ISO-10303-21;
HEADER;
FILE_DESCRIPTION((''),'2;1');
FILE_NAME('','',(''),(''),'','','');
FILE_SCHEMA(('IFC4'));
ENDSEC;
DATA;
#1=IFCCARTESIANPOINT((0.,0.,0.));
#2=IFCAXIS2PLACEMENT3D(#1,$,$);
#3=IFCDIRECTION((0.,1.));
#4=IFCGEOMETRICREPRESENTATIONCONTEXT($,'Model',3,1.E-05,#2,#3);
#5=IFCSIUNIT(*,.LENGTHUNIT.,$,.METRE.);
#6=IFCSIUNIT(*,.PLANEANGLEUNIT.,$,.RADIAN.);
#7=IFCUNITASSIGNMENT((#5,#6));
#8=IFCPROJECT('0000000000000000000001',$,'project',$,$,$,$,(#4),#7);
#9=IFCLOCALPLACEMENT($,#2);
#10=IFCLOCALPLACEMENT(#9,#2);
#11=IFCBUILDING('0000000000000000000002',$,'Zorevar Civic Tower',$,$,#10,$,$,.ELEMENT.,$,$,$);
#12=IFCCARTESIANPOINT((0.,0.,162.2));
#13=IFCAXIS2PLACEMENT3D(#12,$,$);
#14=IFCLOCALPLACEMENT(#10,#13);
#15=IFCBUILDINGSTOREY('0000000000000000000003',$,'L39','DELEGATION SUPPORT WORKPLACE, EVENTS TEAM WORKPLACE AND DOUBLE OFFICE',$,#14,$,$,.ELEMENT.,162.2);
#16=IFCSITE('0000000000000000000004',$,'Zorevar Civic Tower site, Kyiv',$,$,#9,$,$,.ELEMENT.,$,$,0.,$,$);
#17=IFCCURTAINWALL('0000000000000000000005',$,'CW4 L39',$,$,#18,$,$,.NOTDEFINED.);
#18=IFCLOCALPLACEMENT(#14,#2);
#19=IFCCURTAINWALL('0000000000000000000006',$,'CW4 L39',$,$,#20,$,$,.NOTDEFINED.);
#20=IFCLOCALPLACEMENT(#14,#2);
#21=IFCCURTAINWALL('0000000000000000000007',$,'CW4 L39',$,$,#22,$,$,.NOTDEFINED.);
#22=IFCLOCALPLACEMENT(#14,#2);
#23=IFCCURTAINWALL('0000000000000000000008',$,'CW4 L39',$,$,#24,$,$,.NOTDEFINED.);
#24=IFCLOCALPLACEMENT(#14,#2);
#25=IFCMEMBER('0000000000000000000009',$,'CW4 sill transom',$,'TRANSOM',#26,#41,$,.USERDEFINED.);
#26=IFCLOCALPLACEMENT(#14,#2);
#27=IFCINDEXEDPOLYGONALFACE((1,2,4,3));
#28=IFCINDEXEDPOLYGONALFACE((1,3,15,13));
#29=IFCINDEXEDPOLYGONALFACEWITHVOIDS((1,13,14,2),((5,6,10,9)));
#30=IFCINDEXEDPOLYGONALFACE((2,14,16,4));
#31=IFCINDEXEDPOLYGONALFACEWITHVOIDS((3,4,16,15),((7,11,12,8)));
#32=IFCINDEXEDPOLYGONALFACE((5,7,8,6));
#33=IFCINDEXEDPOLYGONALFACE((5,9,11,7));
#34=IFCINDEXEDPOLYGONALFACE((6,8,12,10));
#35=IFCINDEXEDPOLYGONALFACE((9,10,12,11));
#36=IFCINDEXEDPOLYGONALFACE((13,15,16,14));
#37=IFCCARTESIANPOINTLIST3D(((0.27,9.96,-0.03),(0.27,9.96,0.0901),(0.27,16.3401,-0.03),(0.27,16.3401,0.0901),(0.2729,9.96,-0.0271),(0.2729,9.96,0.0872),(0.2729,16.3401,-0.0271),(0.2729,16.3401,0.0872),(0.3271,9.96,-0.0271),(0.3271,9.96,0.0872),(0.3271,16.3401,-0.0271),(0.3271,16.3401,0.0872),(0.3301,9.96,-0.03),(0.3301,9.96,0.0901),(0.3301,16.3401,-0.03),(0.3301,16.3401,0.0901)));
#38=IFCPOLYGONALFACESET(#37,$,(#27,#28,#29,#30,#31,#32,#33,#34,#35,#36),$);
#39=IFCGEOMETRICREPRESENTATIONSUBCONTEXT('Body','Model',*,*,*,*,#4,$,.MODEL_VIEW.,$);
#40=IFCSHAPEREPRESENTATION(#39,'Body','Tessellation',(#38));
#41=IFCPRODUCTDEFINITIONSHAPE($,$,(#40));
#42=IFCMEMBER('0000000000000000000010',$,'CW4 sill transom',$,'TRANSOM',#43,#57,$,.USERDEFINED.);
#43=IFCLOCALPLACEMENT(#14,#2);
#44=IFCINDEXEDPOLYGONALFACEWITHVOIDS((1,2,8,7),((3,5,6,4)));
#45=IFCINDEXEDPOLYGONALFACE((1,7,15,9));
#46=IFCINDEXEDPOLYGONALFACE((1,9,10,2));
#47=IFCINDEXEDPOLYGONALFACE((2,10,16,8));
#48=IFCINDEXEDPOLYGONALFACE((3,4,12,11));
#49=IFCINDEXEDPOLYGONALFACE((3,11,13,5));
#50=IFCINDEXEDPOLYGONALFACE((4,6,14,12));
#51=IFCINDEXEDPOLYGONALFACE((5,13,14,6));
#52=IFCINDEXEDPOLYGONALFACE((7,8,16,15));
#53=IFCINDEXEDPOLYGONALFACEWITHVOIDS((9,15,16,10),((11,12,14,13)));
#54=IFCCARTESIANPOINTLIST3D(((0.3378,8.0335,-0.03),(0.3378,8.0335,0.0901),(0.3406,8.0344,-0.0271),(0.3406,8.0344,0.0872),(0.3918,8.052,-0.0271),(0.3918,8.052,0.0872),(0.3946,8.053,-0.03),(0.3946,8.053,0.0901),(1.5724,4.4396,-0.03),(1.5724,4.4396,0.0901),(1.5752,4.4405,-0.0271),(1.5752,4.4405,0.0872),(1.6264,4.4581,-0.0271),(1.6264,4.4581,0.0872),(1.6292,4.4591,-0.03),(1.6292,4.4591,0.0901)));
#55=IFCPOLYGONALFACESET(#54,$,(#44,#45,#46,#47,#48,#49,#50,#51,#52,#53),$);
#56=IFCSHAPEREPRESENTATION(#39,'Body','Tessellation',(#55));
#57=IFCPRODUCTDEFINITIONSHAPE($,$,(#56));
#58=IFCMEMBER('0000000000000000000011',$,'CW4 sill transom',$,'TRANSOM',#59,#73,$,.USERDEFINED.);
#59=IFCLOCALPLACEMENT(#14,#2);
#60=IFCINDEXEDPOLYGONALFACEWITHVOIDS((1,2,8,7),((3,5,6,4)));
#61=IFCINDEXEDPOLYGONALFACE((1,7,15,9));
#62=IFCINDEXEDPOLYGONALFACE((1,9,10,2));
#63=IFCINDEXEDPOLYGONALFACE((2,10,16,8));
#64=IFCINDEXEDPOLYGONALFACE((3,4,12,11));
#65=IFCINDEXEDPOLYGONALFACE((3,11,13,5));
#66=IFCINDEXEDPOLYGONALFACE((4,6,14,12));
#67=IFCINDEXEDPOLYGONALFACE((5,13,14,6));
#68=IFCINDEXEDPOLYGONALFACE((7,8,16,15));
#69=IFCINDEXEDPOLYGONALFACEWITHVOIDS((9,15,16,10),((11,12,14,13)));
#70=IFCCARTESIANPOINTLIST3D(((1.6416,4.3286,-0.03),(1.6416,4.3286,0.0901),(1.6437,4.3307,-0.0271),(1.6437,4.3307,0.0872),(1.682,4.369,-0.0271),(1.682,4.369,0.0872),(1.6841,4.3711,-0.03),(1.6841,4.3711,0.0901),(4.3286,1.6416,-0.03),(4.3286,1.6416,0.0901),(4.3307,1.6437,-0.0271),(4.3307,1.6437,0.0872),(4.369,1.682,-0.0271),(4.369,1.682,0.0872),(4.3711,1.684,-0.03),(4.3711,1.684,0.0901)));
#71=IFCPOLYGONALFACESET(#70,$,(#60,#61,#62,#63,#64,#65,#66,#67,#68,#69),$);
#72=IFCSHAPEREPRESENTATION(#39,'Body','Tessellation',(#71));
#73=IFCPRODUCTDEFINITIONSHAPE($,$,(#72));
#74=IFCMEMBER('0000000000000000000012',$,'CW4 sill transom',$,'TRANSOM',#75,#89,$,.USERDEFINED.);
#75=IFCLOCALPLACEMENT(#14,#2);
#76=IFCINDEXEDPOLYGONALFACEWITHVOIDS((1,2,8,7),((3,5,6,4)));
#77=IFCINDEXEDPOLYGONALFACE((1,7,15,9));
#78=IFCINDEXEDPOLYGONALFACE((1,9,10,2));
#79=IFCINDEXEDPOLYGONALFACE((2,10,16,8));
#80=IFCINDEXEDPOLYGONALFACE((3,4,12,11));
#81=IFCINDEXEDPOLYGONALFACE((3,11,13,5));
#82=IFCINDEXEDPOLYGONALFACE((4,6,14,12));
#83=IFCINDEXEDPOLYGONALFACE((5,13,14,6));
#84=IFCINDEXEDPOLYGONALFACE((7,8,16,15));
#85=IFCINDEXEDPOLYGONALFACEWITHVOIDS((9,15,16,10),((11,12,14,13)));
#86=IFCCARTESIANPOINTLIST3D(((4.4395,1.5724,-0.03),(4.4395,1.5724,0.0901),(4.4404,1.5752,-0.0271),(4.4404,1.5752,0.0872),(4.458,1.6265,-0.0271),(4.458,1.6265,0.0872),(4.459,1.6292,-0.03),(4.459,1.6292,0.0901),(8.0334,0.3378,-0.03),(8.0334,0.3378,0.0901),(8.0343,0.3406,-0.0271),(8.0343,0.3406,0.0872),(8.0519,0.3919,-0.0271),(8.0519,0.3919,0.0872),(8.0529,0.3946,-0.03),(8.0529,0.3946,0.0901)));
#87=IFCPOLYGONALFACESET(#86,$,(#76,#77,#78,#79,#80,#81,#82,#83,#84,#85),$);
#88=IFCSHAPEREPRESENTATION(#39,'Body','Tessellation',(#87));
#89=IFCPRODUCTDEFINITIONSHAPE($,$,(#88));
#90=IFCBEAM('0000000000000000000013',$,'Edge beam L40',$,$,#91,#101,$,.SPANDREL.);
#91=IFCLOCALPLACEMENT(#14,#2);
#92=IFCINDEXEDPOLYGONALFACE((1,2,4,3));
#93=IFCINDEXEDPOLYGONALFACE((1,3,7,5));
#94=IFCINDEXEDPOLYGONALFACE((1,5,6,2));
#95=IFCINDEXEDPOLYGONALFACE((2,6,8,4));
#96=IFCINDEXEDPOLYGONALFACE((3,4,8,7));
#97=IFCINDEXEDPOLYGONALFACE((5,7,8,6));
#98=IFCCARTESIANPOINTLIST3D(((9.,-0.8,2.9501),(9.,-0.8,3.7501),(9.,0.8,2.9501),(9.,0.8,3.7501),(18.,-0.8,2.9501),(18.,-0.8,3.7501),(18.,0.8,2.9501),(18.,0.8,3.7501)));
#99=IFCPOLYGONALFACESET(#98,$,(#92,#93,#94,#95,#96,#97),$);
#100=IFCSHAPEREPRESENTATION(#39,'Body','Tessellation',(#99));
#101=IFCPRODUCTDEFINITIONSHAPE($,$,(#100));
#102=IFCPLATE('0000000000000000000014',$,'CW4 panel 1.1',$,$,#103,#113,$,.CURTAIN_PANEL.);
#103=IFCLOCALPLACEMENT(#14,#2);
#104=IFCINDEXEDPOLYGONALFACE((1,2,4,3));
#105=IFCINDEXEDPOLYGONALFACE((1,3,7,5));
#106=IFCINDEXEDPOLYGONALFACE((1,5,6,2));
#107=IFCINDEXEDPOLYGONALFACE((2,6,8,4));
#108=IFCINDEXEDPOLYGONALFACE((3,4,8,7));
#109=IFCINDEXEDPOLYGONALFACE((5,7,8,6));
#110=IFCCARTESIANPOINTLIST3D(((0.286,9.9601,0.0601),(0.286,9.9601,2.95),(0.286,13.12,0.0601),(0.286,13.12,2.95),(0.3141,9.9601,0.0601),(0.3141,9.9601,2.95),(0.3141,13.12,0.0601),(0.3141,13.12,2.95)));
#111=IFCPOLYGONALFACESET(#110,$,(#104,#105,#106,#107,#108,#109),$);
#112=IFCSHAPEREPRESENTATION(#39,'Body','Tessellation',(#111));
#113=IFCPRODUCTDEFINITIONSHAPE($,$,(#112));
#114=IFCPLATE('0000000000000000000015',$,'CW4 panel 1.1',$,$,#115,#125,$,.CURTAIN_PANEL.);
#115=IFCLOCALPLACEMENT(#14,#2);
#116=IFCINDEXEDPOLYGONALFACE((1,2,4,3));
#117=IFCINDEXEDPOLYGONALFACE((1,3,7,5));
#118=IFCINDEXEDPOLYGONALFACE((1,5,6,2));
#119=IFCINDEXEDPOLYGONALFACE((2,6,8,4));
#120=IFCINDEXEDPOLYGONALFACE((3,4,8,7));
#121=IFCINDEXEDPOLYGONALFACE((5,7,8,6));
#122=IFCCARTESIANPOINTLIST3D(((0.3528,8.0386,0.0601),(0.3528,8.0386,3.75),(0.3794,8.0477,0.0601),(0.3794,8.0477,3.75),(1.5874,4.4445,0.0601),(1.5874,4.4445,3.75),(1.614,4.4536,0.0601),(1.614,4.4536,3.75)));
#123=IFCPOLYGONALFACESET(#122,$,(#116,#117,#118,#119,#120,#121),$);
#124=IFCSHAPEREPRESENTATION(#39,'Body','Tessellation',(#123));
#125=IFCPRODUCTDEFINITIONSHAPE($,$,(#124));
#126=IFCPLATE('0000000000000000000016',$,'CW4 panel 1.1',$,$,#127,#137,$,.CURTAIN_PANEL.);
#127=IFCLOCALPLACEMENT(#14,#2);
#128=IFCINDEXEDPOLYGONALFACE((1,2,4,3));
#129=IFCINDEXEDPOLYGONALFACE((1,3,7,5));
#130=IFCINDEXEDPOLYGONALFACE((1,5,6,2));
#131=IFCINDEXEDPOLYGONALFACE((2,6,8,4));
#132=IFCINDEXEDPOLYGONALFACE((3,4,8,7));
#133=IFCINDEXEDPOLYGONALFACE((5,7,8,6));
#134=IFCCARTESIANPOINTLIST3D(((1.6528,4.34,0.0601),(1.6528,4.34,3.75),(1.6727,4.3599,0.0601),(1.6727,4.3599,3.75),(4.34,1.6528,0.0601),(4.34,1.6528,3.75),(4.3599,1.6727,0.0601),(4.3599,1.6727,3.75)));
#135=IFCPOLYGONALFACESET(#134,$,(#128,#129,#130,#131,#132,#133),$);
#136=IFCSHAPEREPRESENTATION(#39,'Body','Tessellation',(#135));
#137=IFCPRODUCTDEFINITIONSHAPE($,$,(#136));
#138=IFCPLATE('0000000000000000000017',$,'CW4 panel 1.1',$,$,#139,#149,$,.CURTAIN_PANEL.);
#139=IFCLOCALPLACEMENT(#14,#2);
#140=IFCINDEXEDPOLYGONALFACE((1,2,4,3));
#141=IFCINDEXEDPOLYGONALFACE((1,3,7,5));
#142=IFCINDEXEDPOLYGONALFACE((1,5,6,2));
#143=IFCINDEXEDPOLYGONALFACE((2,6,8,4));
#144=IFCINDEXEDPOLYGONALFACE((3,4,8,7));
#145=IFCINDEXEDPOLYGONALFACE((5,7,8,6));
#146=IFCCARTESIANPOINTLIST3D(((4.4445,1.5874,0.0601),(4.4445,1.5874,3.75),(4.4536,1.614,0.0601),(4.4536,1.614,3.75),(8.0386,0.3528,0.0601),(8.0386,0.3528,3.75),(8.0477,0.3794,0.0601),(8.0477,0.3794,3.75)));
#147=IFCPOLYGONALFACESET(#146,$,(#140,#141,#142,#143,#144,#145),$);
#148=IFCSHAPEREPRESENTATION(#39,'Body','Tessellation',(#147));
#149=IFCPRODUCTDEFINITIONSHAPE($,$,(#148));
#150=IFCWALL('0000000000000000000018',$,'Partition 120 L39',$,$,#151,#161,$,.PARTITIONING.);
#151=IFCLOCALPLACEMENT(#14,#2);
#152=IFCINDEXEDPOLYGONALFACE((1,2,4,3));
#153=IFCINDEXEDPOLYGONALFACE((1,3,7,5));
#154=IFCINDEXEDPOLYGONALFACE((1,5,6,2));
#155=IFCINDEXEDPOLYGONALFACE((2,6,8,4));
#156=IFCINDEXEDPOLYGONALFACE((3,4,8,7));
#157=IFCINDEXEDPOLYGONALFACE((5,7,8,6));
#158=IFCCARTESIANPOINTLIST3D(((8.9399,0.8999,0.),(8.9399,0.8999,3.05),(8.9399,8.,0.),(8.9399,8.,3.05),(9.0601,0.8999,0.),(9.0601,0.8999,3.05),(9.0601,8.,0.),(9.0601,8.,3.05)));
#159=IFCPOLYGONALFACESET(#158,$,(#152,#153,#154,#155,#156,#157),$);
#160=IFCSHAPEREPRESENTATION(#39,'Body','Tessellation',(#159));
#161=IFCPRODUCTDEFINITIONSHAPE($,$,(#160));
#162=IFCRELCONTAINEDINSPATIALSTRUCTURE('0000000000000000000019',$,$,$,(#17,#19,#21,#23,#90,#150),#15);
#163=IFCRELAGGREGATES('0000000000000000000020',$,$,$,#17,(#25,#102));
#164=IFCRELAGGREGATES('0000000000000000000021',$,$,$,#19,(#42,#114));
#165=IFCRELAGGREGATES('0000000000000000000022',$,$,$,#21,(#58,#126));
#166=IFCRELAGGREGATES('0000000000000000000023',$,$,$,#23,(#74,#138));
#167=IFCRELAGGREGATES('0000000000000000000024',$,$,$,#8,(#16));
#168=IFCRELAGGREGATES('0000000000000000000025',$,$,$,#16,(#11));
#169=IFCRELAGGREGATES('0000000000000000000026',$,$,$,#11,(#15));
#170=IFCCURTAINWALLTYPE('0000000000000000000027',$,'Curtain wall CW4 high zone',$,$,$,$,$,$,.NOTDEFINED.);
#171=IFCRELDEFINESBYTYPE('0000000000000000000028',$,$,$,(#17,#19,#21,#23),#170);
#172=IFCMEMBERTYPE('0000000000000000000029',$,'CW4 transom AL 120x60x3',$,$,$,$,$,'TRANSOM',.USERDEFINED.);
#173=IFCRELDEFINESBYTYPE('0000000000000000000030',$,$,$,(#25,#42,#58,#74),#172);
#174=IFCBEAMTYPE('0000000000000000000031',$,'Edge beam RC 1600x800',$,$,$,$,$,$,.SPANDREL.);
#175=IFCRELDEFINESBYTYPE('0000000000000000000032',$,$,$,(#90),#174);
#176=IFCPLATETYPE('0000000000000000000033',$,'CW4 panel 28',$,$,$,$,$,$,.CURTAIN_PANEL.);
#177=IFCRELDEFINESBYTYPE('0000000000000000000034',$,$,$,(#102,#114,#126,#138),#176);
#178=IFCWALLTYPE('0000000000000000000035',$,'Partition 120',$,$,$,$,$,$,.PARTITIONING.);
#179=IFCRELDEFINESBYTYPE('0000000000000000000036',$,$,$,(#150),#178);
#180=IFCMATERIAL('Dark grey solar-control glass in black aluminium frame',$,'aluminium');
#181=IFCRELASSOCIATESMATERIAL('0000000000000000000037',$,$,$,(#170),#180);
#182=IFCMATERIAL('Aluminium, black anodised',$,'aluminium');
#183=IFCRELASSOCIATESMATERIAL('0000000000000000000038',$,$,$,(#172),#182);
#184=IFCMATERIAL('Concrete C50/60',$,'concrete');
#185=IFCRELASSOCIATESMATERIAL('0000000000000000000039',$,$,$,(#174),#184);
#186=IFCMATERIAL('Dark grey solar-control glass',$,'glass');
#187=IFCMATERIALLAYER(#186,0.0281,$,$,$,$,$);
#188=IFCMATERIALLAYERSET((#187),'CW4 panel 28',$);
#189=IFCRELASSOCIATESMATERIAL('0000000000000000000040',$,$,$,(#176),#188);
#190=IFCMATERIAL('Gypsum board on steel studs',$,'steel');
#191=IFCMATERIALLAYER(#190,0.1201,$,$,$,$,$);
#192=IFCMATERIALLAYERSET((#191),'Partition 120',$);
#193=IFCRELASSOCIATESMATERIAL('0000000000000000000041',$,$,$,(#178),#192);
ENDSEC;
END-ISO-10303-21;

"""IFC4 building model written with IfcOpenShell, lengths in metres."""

from ifc_helpers import new_model, si_unit, direction, frame, frame_2d, origin, origin_2d, place, context, subcontext, project, spatial, rectangle, hollow_rectangle, extrude, material, layer, layer_set, material_profile, profile_set, type_object, element, aggregate, save


model = new_model("IFC4")

# Units and contexts
model_context = context("Model", 3, precision=1e-05, world=origin(), true_north=direction((0.0, 1.0)))
body_context = subcontext(model_context, "Body", "Model", "MODEL_VIEW")
ifc_project = project(units=[si_unit("LENGTHUNIT", "METRE"), si_unit("PLANEANGLEUNIT", "RADIAN")], contexts=[model_context])

# Site, building, storey
site_placement = place(None, origin())
site = spatial("IfcSite", under=ifc_project, at=site_placement, Name="Zorevar Civic Tower site, Kyiv", CompositionType="ELEMENT", RefElevation=0.0)
building_placement = place(site_placement, origin())
building = spatial("IfcBuilding", under=site, at=building_placement, Name="Zorevar Civic Tower", CompositionType="ELEMENT")
storey_placement = place(building_placement, frame((0.0, 0.0, 162.2)))
storey = spatial("IfcBuildingStorey", under=building, at=storey_placement, Name="L39", Description="DELEGATION SUPPORT WORKPLACE, EVENTS TEAM WORKPLACE AND DOUBLE OFFICE", CompositionType="ELEMENT", Elevation=162.2)

# Curtain wall
ifc_material_1 = material(Name="Dark grey solar-control glass in black aluminium frame", Category="aluminium")
curtain_wall_type = type_object("IfcCurtainWallType", Name="Curtain wall CW4 high zone", PredefinedType="NOTDEFINED", material=ifc_material_1)
curtain_wall_1_placement = place(storey_placement, origin())
curtain_wall_1 = element("IfcCurtainWall", 1, at=curtain_wall_1_placement, inside=storey, type_object=curtain_wall_type, Name="CW4 L39", PredefinedType="NOTDEFINED")

# Curtain walls
curtain_wall_2_placement = place(storey_placement, origin())
curtain_wall_2 = element("IfcCurtainWall", 2, at=curtain_wall_2_placement, inside=storey, type_object=curtain_wall_type, Name="CW4 L39", PredefinedType="NOTDEFINED")
curtain_wall_3_placement = place(storey_placement, origin())
curtain_wall_3 = element("IfcCurtainWall", 3, at=curtain_wall_3_placement, inside=storey, type_object=curtain_wall_type, Name="CW4 L39", PredefinedType="NOTDEFINED")
curtain_wall_4_placement = place(storey_placement, origin())
curtain_wall_4 = element("IfcCurtainWall", 4, at=curtain_wall_4_placement, inside=storey, type_object=curtain_wall_type, Name="CW4 L39", PredefinedType="NOTDEFINED")

# Members
ifc_material_2 = material(Name="Aluminium, black anodised", Category="aluminium")
ifc_material_profile_1 = material_profile(ifc_material_2, hollow_rectangle(XDim=0.0601, YDim=0.1201, WallThickness=0.0029, at=origin_2d()), Name="AL 120x60x3")
ifc_profile_set_1 = profile_set([ifc_material_profile_1], Name="Aluminium, black anodised")
member_type_1 = type_object("IfcMemberType", Name="CW4 transom AL 120x60x3", ElementType="TRANSOM", PredefinedType="USERDEFINED", material=ifc_profile_set_1)
member_1_placement = place(storey_placement, frame((0.3, 9.96, 0.03), z_axis=(0.0, 1.0, 0.0), x_axis=(-1.0, 0.0, 0.0)))
member_1 = element("IfcMember", 5, at=member_1_placement, type_object=member_type_1, Name="CW4 sill transom", ObjectType="TRANSOM", PredefinedType="USERDEFINED", context=body_context, shape_type="SweptSolid", body=[
    extrude(hollow_rectangle(XDim=0.0601, YDim=0.1201, WallThickness=0.0029, at=origin_2d()), origin(), (0.0, 0.0, 1.0), 6.3801),
])
member_2_placement = place(storey_placement, frame((0.3662, 8.0432, 0.03), z_axis=(0.324888, -0.945753, 0.0), x_axis=(0.945753, 0.324888, 0.0)))
member_2 = element("IfcMember", 6, at=member_2_placement, type_object=member_type_1, Name="CW4 sill transom", ObjectType="TRANSOM", PredefinedType="USERDEFINED", context=body_context, shape_type="SweptSolid", body=[
    extrude(hollow_rectangle(XDim=0.0601, YDim=0.1201, WallThickness=0.0029, at=origin_2d()), origin(), (0.0, 0.0, 1.0), 3.8),
])
member_3_placement = place(storey_placement, frame((1.6628, 4.3499, 0.03), z_axis=(0.707107, -0.707107, 0.0), x_axis=(0.707107, 0.707107, 0.0)))
member_3 = element("IfcMember", 7, at=member_3_placement, type_object=member_type_1, Name="CW4 sill transom", ObjectType="TRANSOM", PredefinedType="USERDEFINED", context=body_context, shape_type="SweptSolid", body=[
    extrude(hollow_rectangle(XDim=0.0601, YDim=0.1201, WallThickness=0.0029, at=origin_2d()), origin(), (0.0, 0.0, 1.0), 3.8),
])
member_4_placement = place(storey_placement, frame((4.4492, 1.6008, 0.03), z_axis=(0.945753, -0.324888, 0.0), x_axis=(0.324888, 0.945753, 0.0)))
member_4 = element("IfcMember", 8, at=member_4_placement, type_object=member_type_1, Name="CW4 sill transom", ObjectType="TRANSOM", PredefinedType="USERDEFINED", context=body_context, shape_type="SweptSolid", body=[
    extrude(hollow_rectangle(XDim=0.0601, YDim=0.1201, WallThickness=0.0029, at=origin_2d()), origin(), (0.0, 0.0, 1.0), 3.8),
])

# Beam
ifc_material_3 = material(Name="Concrete C50/60", Category="concrete")
ifc_material_profile_2 = material_profile(ifc_material_3, rectangle(XDim=1.6001, YDim=0.8, at=origin_2d()), Name="RC 1600x800")
ifc_profile_set_2 = profile_set([ifc_material_profile_2], Name="Concrete C50/60")
beam_type_1 = type_object("IfcBeamType", Name="Edge beam RC 1600x800", PredefinedType="SPANDREL", material=ifc_profile_set_2)
beam_1_placement = place(storey_placement, frame((9.0, 0.0, 3.3501), z_axis=(1.0, 0.0, 0.0), x_axis=(0.0, 1.0, 0.0)))
element("IfcBeam", 9, at=beam_1_placement, inside=storey, type_object=beam_type_1, Name="Edge beam L40", PredefinedType="SPANDREL", context=body_context, shape_type="SweptSolid", body=[
    extrude(rectangle(XDim=1.6001, YDim=0.8, at=origin_2d()), origin(), (0.0, 0.0, 1.0), 9.0),
])

# Plates
ifc_material_4 = material(Name="Dark grey solar-control glass", Category="glass")
ifc_layer_1 = layer(ifc_material_4, 0.0281)
ifc_layer_set_1 = layer_set([ifc_layer_1], Name="CW4 panel 28")
plate_type = type_object("IfcPlateType", Name="CW4 panel 28", PredefinedType="CURTAIN_PANEL", material=ifc_layer_set_1)
plate_1_placement = place(storey_placement, frame((0.3, 11.54, 0.0601), z_axis=(0.0, 0.0, 1.0), x_axis=(0.0, 1.0, 0.0)))
plate_1 = element("IfcPlate", 10, at=plate_1_placement, type_object=plate_type, Name="CW4 panel 1.1", PredefinedType="CURTAIN_PANEL", context=body_context, shape_type="SweptSolid", body=[
    extrude(rectangle(XDim=3.1599, YDim=0.0281, at=origin_2d()), origin(), (0.0, 0.0, 1.0), 2.8899),
])
aggregate(curtain_wall_1, [member_1, plate_1])
plate_2_placement = place(storey_placement, frame((0.9834, 6.2461, 0.0601), z_axis=(0.0, 0.0, 1.0), x_axis=(0.324878, -0.945756, 0.0)))
plate_2 = element("IfcPlate", 11, at=plate_2_placement, type_object=plate_type, Name="CW4 panel 1.1", PredefinedType="CURTAIN_PANEL", context=body_context, shape_type="SweptSolid", body=[
    extrude(rectangle(XDim=3.8003, YDim=0.0281, at=origin_2d()), origin(), (0.0, 0.0, 1.0), 3.6899),
])
aggregate(curtain_wall_2, [member_2, plate_2])
plate_3_placement = place(storey_placement, frame((3.0063, 3.0063, 0.0601), z_axis=(0.0, 0.0, 1.0), x_axis=(0.707107, -0.707107, 0.0)))
plate_3 = element("IfcPlate", 12, at=plate_3_placement, type_object=plate_type, Name="CW4 panel 1.1", PredefinedType="CURTAIN_PANEL", context=body_context, shape_type="SweptSolid", body=[
    extrude(rectangle(XDim=3.8003, YDim=0.0281, at=origin_2d()), origin(), (0.0, 0.0, 1.0), 3.6899),
])
aggregate(curtain_wall_3, [member_3, plate_3])
plate_4_placement = place(storey_placement, frame((6.2461, 0.9834, 0.0601), z_axis=(0.0, 0.0, 1.0), x_axis=(0.945756, -0.324878, 0.0)))
plate_4 = element("IfcPlate", 13, at=plate_4_placement, type_object=plate_type, Name="CW4 panel 1.1", PredefinedType="CURTAIN_PANEL", context=body_context, shape_type="SweptSolid", body=[
    extrude(rectangle(XDim=3.8003, YDim=0.0281, at=origin_2d()), origin(), (0.0, 0.0, 1.0), 3.6899),
])
aggregate(curtain_wall_4, [member_4, plate_4])

# Wall
ifc_material_5 = material(Name="Gypsum board on steel studs", Category="steel")
ifc_layer_2 = layer(ifc_material_5, 0.1201)
ifc_layer_set_2 = layer_set([ifc_layer_2], Name="Partition 120")
wall_type = type_object("IfcWallType", Name="Partition 120", PredefinedType="PARTITIONING", material=ifc_layer_set_2)
wall_placement = place(storey_placement, frame((9.0, 0.8999, 0.0), z_axis=(0.0, 0.0, 1.0), x_axis=(0.0, 1.0, 0.0)))
element("IfcWall", 14, at=wall_placement, inside=storey, type_object=wall_type, Name="Partition 120 L39", PredefinedType="PARTITIONING", context=body_context, shape_type="SweptSolid", body=[
    extrude(rectangle(XDim=7.1001, YDim=0.1201, at=frame_2d((3.55, 0.0))), origin(), (0.0, 0.0, 1.0), 3.05),
])

save(model, "model.ifc")
